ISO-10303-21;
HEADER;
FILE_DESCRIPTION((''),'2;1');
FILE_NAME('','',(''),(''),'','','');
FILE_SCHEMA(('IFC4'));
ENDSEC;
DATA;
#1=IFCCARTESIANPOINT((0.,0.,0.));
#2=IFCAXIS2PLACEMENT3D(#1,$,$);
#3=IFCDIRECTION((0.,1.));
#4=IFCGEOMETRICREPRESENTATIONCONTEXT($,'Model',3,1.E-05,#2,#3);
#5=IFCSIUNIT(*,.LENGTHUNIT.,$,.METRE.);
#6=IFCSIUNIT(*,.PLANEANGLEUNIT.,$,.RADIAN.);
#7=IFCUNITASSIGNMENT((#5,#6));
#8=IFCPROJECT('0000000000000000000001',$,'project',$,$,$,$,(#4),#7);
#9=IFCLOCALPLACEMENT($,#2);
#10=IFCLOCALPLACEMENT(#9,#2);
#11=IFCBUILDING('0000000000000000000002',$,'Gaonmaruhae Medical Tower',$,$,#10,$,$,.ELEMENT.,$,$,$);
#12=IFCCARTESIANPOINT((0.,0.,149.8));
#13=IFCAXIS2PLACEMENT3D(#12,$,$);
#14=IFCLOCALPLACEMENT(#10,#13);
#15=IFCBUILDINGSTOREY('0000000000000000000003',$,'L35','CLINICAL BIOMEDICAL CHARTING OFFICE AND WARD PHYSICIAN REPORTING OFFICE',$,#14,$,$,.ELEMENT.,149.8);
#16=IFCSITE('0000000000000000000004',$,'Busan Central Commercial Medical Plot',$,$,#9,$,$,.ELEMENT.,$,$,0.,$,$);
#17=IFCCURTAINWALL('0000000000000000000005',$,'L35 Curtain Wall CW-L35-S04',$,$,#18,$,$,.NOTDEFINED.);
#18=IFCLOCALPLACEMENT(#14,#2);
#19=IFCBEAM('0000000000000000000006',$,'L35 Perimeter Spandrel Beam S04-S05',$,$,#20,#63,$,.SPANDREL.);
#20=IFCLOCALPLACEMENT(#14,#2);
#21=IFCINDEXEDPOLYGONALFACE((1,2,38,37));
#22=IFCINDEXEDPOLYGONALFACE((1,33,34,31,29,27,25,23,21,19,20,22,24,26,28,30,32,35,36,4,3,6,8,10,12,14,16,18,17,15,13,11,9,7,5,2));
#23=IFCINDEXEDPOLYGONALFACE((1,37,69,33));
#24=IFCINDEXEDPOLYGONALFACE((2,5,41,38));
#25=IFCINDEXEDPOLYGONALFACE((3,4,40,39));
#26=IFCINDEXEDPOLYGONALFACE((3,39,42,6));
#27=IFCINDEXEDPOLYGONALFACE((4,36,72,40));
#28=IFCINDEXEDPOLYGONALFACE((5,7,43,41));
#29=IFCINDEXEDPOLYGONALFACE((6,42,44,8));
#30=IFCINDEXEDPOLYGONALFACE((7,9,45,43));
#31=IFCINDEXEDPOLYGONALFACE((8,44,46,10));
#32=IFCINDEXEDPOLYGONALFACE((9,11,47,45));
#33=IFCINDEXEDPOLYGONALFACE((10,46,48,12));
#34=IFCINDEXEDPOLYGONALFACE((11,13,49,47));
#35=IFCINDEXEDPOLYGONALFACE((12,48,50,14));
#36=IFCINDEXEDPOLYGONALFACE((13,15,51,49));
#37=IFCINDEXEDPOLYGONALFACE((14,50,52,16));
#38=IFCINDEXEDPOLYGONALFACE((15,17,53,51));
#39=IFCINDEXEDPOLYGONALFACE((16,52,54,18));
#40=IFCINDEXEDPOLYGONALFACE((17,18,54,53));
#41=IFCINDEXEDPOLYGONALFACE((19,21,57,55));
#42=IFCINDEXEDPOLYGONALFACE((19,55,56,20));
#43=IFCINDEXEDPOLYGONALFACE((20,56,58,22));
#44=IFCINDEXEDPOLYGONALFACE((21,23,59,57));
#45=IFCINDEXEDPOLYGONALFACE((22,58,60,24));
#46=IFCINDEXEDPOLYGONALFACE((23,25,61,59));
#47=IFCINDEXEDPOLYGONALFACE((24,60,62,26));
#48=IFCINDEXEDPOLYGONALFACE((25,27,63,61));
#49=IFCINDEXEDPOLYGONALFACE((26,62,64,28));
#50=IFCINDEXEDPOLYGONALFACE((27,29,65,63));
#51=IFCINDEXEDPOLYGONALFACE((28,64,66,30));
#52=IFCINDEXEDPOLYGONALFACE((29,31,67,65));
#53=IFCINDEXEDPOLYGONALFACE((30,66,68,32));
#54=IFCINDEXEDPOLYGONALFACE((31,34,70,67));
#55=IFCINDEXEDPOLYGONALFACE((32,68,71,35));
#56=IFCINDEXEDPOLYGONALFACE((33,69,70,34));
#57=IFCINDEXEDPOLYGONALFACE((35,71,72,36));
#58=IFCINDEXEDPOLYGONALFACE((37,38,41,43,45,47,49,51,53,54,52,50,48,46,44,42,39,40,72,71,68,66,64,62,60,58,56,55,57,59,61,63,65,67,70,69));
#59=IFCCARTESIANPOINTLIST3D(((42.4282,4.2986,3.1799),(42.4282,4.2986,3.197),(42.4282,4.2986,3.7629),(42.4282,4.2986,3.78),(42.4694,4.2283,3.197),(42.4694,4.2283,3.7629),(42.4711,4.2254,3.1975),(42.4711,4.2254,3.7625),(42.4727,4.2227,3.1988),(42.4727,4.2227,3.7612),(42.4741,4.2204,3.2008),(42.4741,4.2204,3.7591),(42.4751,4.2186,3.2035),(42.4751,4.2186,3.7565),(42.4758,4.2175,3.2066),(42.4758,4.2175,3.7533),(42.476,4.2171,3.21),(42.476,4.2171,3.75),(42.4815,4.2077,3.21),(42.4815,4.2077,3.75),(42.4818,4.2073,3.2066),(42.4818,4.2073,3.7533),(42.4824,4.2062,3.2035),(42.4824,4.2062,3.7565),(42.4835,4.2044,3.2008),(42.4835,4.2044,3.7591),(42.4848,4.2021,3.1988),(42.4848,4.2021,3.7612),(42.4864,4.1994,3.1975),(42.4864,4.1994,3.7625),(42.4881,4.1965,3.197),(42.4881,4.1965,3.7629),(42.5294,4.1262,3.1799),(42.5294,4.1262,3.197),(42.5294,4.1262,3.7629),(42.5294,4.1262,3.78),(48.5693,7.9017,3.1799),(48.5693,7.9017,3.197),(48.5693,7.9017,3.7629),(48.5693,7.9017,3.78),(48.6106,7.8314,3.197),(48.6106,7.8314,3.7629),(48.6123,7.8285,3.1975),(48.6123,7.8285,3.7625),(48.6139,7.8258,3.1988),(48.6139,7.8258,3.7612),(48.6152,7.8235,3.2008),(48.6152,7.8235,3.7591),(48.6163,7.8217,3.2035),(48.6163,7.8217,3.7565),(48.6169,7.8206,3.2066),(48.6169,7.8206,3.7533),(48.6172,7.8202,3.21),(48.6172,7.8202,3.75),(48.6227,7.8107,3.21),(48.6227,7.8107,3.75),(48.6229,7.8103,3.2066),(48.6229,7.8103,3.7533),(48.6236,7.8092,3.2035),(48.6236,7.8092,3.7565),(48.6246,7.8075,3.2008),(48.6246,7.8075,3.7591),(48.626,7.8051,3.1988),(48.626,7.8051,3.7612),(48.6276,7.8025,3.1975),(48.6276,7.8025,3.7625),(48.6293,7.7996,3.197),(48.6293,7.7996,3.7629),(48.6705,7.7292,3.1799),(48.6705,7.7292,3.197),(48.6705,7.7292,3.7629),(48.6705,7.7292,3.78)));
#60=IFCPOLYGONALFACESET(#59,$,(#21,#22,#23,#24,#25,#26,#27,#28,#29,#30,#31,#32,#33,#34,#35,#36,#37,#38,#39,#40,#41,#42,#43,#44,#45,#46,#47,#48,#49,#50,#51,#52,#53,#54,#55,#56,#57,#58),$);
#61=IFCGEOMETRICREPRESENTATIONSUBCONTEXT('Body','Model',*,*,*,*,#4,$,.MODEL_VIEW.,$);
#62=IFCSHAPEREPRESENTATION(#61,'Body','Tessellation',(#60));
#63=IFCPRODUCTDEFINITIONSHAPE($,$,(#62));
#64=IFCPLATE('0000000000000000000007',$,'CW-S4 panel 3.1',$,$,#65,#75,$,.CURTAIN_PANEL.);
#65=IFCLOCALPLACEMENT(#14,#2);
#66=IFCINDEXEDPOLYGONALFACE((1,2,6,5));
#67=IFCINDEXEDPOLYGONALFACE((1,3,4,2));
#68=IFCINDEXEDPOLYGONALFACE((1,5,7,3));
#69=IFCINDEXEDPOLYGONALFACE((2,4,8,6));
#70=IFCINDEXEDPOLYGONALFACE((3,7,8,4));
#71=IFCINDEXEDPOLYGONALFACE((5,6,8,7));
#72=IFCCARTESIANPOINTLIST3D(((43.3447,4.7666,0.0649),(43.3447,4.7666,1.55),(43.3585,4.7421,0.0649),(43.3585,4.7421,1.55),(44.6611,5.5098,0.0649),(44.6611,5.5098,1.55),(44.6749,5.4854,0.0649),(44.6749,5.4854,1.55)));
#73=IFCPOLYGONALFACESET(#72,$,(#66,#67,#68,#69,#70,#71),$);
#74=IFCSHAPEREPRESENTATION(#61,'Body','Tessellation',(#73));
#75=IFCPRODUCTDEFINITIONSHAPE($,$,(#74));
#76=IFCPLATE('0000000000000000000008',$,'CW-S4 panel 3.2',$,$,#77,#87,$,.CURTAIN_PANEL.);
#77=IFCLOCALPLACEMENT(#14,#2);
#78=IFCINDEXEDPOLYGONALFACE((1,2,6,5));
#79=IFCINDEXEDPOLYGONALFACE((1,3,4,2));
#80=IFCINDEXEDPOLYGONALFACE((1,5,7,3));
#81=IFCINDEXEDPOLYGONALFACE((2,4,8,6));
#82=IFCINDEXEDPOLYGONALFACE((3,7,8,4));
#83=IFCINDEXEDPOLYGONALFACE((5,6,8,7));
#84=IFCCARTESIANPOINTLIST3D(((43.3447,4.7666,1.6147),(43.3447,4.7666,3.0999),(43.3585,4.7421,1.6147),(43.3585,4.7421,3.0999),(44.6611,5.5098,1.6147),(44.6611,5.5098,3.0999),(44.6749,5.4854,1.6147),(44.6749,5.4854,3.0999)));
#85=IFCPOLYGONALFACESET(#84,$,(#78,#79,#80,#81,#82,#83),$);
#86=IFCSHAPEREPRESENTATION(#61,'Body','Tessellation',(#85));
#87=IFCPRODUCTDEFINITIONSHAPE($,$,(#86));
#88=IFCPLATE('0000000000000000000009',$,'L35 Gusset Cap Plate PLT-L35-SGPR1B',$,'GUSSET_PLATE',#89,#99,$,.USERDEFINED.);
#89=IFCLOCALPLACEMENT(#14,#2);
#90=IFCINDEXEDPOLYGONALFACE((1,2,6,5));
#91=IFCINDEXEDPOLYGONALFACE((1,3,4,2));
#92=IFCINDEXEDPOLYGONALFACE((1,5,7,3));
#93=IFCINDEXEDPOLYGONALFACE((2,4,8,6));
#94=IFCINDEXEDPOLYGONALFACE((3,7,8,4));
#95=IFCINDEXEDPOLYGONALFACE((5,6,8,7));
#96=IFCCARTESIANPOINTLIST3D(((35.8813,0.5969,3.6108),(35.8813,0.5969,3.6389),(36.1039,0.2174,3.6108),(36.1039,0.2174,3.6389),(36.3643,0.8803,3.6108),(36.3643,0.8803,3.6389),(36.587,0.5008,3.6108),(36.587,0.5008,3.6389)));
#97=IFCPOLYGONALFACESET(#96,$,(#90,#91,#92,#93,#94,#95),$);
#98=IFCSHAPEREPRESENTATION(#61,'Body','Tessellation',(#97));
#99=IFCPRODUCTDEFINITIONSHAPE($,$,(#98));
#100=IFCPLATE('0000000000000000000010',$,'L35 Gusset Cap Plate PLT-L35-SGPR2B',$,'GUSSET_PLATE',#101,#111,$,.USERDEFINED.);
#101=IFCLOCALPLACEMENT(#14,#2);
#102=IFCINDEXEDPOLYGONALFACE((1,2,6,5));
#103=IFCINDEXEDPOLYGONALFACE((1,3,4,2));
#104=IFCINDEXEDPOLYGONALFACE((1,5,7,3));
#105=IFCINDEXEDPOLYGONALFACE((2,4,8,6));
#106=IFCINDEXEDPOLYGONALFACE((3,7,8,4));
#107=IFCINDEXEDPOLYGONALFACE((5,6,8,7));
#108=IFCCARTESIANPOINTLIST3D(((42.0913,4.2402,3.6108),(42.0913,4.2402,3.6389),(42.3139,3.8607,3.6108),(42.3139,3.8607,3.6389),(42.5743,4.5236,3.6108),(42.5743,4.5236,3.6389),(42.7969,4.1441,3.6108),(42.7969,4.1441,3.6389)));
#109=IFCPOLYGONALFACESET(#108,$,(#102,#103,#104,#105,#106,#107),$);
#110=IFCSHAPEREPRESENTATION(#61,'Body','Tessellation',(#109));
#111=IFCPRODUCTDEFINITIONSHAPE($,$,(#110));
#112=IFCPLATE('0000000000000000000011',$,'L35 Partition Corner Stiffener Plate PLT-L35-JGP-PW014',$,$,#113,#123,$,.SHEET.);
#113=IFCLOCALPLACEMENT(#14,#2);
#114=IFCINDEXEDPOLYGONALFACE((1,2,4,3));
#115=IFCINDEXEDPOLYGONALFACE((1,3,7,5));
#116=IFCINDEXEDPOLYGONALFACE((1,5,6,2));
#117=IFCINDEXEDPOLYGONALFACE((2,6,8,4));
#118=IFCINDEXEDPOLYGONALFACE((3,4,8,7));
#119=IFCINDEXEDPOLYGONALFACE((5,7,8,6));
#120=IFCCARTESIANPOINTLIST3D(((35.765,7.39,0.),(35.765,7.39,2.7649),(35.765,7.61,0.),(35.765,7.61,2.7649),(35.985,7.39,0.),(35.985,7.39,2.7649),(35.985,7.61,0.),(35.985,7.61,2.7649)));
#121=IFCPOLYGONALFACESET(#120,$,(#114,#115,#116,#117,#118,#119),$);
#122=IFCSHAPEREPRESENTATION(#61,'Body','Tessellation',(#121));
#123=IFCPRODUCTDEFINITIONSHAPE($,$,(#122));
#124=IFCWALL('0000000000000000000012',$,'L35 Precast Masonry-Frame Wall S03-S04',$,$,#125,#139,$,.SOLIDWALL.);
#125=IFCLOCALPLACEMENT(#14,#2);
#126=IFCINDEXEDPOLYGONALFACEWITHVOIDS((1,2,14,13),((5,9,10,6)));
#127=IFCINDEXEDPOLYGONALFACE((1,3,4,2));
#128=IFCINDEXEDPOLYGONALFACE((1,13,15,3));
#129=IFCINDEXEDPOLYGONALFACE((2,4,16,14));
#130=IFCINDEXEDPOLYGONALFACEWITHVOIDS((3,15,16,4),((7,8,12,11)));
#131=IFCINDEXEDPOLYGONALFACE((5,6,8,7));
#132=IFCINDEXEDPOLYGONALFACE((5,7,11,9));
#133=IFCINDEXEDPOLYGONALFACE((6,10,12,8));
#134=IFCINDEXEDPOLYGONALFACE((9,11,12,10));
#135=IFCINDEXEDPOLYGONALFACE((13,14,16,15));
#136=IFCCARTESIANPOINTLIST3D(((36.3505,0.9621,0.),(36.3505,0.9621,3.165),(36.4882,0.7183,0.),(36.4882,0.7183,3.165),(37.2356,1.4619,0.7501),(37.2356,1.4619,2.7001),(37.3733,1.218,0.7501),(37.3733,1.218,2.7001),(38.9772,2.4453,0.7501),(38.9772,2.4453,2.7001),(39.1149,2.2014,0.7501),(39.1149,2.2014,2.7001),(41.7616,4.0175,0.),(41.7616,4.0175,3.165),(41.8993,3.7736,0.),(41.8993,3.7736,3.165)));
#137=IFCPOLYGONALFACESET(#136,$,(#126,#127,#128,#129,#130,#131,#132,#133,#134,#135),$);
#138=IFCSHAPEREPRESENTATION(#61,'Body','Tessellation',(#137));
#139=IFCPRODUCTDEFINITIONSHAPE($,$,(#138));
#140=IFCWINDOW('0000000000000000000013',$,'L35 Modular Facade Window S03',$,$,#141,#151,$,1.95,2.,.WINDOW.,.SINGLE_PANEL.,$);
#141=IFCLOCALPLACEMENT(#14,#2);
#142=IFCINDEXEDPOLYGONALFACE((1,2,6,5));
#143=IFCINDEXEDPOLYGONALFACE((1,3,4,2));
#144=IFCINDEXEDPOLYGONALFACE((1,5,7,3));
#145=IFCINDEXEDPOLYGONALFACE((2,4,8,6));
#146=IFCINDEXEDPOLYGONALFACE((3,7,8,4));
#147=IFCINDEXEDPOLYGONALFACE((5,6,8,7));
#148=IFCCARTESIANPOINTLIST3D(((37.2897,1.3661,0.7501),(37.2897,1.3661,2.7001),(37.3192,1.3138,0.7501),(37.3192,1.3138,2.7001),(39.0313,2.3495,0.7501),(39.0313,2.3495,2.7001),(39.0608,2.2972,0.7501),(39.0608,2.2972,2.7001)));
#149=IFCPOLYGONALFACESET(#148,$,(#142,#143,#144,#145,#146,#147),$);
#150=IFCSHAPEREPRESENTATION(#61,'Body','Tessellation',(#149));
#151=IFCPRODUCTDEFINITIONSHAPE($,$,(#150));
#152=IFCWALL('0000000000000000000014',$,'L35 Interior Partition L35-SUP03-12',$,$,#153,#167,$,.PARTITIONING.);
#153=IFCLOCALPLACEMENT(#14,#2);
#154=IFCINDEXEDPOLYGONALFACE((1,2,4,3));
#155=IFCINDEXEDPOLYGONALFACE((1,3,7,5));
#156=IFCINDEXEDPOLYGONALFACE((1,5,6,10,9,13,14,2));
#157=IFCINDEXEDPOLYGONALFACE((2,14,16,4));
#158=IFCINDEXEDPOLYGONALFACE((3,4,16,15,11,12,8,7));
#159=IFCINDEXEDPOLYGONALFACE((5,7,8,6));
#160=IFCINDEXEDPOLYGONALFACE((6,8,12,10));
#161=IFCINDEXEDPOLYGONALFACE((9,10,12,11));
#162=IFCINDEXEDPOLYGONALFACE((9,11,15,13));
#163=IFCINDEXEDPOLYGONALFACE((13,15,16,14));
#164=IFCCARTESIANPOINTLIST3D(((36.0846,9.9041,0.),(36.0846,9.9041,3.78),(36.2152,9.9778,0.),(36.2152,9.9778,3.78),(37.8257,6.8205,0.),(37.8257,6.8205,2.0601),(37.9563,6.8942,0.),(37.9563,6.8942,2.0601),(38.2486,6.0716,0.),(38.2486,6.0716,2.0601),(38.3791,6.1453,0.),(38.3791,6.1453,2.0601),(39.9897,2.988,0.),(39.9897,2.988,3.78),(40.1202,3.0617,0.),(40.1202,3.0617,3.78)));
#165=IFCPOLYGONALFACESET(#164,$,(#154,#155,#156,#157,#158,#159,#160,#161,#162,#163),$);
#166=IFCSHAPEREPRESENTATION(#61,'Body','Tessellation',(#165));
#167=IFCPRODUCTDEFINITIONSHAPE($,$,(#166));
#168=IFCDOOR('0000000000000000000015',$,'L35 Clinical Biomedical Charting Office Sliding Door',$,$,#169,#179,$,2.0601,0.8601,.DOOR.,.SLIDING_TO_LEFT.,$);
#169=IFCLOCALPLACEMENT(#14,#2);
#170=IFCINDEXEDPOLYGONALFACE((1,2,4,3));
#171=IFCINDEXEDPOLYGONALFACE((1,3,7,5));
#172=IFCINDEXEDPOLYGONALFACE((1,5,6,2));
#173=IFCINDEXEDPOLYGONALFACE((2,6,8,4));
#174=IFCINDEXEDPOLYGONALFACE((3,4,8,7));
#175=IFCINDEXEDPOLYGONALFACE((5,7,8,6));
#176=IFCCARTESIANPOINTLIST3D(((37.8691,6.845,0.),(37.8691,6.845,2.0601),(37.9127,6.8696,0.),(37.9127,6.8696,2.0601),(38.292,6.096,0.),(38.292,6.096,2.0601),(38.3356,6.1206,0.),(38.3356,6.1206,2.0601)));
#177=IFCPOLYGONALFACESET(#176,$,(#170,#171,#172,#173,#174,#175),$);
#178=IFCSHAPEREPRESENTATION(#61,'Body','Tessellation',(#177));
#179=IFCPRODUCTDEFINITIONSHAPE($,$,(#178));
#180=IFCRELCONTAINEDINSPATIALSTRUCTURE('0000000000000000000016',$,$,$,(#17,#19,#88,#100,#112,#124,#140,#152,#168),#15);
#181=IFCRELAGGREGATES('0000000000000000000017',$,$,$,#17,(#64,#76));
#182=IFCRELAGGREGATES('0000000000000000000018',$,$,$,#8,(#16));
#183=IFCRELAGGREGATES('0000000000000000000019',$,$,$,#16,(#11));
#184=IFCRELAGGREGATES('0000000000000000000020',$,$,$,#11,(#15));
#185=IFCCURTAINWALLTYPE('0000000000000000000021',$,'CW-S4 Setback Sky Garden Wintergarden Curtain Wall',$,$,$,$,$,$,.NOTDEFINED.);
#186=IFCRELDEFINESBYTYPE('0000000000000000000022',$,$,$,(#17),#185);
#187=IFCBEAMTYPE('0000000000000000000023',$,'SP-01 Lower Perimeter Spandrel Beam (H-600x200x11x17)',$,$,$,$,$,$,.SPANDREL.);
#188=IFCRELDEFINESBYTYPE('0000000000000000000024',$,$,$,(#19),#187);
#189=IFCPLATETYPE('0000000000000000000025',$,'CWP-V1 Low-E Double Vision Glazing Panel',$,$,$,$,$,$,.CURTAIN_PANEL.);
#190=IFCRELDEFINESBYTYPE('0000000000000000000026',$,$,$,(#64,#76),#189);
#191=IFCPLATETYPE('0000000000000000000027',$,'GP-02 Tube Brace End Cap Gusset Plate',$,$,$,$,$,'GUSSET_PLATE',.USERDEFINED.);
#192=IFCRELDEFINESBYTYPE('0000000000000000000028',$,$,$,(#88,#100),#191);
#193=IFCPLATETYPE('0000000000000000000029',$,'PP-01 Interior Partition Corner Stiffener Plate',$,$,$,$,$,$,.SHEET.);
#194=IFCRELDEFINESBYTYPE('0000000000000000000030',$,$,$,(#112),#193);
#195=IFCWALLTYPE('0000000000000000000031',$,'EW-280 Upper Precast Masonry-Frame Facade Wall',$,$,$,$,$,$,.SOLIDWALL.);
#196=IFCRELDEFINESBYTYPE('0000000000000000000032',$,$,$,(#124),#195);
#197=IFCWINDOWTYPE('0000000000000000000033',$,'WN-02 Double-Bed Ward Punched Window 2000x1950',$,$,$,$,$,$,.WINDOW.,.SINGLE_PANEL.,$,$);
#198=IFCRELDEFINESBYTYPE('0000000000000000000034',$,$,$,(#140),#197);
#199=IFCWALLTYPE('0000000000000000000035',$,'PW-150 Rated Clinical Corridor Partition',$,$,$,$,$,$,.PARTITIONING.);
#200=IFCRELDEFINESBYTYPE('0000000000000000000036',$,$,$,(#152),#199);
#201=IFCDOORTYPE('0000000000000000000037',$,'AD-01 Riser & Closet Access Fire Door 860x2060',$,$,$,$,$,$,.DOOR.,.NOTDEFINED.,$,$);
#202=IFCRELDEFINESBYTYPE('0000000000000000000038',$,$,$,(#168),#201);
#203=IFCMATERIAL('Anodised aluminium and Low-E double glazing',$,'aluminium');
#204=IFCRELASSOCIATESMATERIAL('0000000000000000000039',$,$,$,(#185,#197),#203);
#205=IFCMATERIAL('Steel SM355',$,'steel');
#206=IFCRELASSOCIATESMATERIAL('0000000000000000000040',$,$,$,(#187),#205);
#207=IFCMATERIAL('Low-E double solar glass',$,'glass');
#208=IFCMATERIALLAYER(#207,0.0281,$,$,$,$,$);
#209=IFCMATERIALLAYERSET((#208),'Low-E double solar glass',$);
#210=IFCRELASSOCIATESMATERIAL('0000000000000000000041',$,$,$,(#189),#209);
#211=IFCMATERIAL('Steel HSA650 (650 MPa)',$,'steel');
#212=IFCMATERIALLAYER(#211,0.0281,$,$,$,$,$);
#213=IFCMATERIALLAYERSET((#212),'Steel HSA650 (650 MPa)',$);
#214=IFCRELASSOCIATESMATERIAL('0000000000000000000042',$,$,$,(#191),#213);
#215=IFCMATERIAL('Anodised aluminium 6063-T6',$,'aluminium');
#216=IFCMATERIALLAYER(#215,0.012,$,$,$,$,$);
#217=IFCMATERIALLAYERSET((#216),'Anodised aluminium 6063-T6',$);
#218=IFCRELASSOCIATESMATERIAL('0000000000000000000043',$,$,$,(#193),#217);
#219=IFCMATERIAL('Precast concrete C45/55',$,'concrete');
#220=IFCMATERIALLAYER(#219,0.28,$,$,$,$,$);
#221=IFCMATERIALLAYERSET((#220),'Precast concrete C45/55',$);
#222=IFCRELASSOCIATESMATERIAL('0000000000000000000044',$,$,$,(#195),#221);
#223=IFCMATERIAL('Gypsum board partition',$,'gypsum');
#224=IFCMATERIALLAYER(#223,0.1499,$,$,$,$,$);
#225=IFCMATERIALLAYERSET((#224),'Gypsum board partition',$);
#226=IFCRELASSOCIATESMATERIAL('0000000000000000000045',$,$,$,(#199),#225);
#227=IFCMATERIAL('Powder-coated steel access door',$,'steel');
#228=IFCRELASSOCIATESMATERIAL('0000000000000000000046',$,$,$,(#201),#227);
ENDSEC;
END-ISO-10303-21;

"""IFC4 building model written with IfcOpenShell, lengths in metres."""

from ifc_helpers import new_model, si_unit, direction, frame, frame_2d, origin, origin_2d, place, context, subcontext, project, spatial, rectangle, i_section, extrude, material, layer, layer_set, material_profile, profile_set, type_object, element, fill, aggregate, save


model = new_model("IFC4")

# Units and contexts
model_context = context("Model", 3, precision=1e-05, world=origin(), true_north=direction((0.0, 1.0)))
body_context = subcontext(model_context, "Body", "Model", "MODEL_VIEW")
ifc_project = project(units=[si_unit("LENGTHUNIT", "METRE"), si_unit("PLANEANGLEUNIT", "RADIAN")], contexts=[model_context])

# Site, building, storey
site_placement = place(None, origin())
site = spatial("IfcSite", under=ifc_project, at=site_placement, Name="Busan Central Commercial Medical Plot", CompositionType="ELEMENT", RefElevation=0.0)
building_placement = place(site_placement, origin())
building = spatial("IfcBuilding", under=site, at=building_placement, Name="Gaonmaruhae Medical Tower", CompositionType="ELEMENT")
storey_placement = place(building_placement, frame((0.0, 0.0, 149.8)))
storey = spatial("IfcBuildingStorey", under=building, at=storey_placement, Name="L35", Description="CLINICAL BIOMEDICAL CHARTING OFFICE AND WARD PHYSICIAN REPORTING OFFICE", CompositionType="ELEMENT", Elevation=149.8)

# Curtain wall
ifc_material_1 = material(Name="Anodised aluminium and Low-E double glazing", Category="aluminium")
curtain_wall_type = type_object("IfcCurtainWallType", Name="CW-S4 Setback Sky Garden Wintergarden Curtain Wall", PredefinedType="NOTDEFINED", material=ifc_material_1)
curtain_wall_placement = place(storey_placement, origin())
curtain_wall = element("IfcCurtainWall", 1, at=curtain_wall_placement, inside=storey, type_object=curtain_wall_type, Name="L35 Curtain Wall CW-L35-S04", PredefinedType="NOTDEFINED")
ifc_material_2 = material(Name="Anodised aluminium 6063-T6", Category="aluminium")

# Shared definitions
ifc_material_3 = material(Name="Steel SM355", Category="steel")

# Beam
ifc_material_profile_1 = material_profile(ifc_material_3, i_section(OverallWidth=0.2, OverallDepth=0.6001, WebThickness=0.011, FlangeThickness=0.0171, FilletRadius=0.0129, at=origin_2d()), Name="H-600x200x11x17")
ifc_profile_set_1 = profile_set([ifc_material_profile_1], Name="Steel SM355")
beam_type_1 = type_object("IfcBeamType", Name="SP-01 Lower Perimeter Spandrel Beam (H-600x200x11x17)", PredefinedType="SPANDREL", material=ifc_profile_set_1)
beam_1_placement = place(storey_placement, frame((42.4788, 4.2124, 3.48), z_axis=(0.86251, 0.50604, 0.0), x_axis=(-0.50604, 0.86251, 0.0)))
element("IfcBeam", 2, at=beam_1_placement, inside=storey, type_object=beam_type_1, Name="L35 Perimeter Spandrel Beam S04-S05", PredefinedType="SPANDREL", context=body_context, shape_type="SweptSolid", body=[
    extrude(i_section(OverallWidth=0.2, OverallDepth=0.6001, WebThickness=0.011, FlangeThickness=0.0171, FilletRadius=0.0129, at=origin_2d()), origin(), (0.0, 0.0, 1.0), 7.1201),
])

# Plates
ifc_material_4 = material(Name="Low-E double solar glass", Category="glass")
ifc_layer_1 = layer(ifc_material_4, 0.0281)
ifc_layer_set_1 = layer_set([ifc_layer_1], Name="Low-E double solar glass")
plate_type_1 = type_object("IfcPlateType", Name="CWP-V1 Low-E Double Vision Glazing Panel", PredefinedType="CURTAIN_PANEL", material=ifc_layer_set_1)
plate_1_placement = place(storey_placement, frame((44.0098, 5.126, 0.0649), z_axis=(0.0, 0.0, 1.0), x_axis=(-0.870782, -0.491669, 0.0)))
plate_1 = element("IfcPlate", 3, at=plate_1_placement, type_object=plate_type_1, Name="CW-S4 panel 3.1", PredefinedType="CURTAIN_PANEL", context=body_context, shape_type="SweptSolid", body=[
    extrude(rectangle(XDim=1.5117, YDim=0.0281, at=origin_2d()), origin(), (0.0, 0.0, 1.0), 1.4851),
])
plate_2_placement = place(storey_placement, frame((44.0098, 5.126, 1.6147), z_axis=(0.0, 0.0, 1.0), x_axis=(-0.870782, -0.491669, 0.0)))
plate_2 = element("IfcPlate", 4, at=plate_2_placement, type_object=plate_type_1, Name="CW-S4 panel 3.2", PredefinedType="CURTAIN_PANEL", context=body_context, shape_type="SweptSolid", body=[
    extrude(rectangle(XDim=1.5117, YDim=0.0281, at=origin_2d()), origin(), (0.0, 0.0, 1.0), 1.4851),
])
aggregate(curtain_wall, [plate_1, plate_2])

# Plates
ifc_material_5 = material(Name="Steel HSA650 (650 MPa)", Category="steel")
ifc_layer_2 = layer(ifc_material_5, 0.0281)
ifc_layer_set_2 = layer_set([ifc_layer_2], Name="Steel HSA650 (650 MPa)")
plate_type_2 = type_object("IfcPlateType", Name="GP-02 Tube Brace End Cap Gusset Plate", ElementType="GUSSET_PLATE", PredefinedType="USERDEFINED", material=ifc_layer_set_2)
for number, where, z_axis, x_axis, name in (
    (5, (36.2341, 0.5488, 3.6108), (0.0, 0.0, 1.0), (0.862514, 0.506034, 0.0), "L35 Gusset Cap Plate PLT-L35-SGPR1B"),
    (6, (42.4441, 4.1921, 3.6108), (0.0, 0.0, 1.0), (0.862514, 0.506034, 0.0), "L35 Gusset Cap Plate PLT-L35-SGPR2B"),
):
    element("IfcPlate", number, at=place(storey_placement, frame(where, z_axis=z_axis, x_axis=x_axis)), inside=storey, type_object=plate_type_2, Name=name, ObjectType="GUSSET_PLATE", PredefinedType="USERDEFINED", context=body_context, shape_type="SweptSolid", body=[
        extrude(rectangle(XDim=0.5601, YDim=0.4399, at=origin_2d()), origin(), (0.0, 0.0, 1.0), 0.0281),
    ])
ifc_layer_3 = layer(ifc_material_2, 0.012)
ifc_layer_set_3 = layer_set([ifc_layer_3], Name="Anodised aluminium 6063-T6")
plate_type_3 = type_object("IfcPlateType", Name="PP-01 Interior Partition Corner Stiffener Plate", PredefinedType="SHEET", material=ifc_layer_set_3)
plate_3_placement = place(storey_placement, frame((35.875, 7.5, 0.0), z_axis=(0.0, 0.0, 1.0), x_axis=(1.0, 0.0, 0.0)))
element("IfcPlate", 7, at=plate_3_placement, inside=storey, type_object=plate_type_3, Name="L35 Partition Corner Stiffener Plate PLT-L35-JGP-PW014", PredefinedType="SHEET", context=body_context, shape_type="SweptSolid", body=[
    extrude(rectangle(XDim=0.22, YDim=0.22, at=origin_2d()), origin(), (0.0, 0.0, 1.0), 2.7649),
])

# Wall, opening, window
ifc_material_6 = material(Name="Precast concrete C45/55", Category="concrete")
ifc_layer_4 = layer(ifc_material_6, 0.28)
ifc_layer_set_4 = layer_set([ifc_layer_4], Name="Precast concrete C45/55")
wall_type_1 = type_object("IfcWallType", Name="EW-280 Upper Precast Masonry-Frame Facade Wall", PredefinedType="SOLIDWALL", material=ifc_layer_set_4)
wall_1_placement = place(storey_placement, frame((41.8303, 3.8955, 0.0), z_axis=(0.0, 0.0, 1.0), x_axis=(-0.870773, -0.491686, 0.0)))
wall_1 = element("IfcWall", 8, at=wall_1_placement, inside=storey, type_object=wall_type_1, Name="L35 Precast Masonry-Frame Wall S03-S04", PredefinedType="SOLIDWALL", context=body_context, shape_type="SweptSolid", body=[
    extrude(rectangle(XDim=6.2141, YDim=0.28, at=frame_2d((3.1069, 0.0))), origin(), (0.0, 0.0, 1.0), 3.165),
])
opening_1_placement = place(wall_1_placement, frame((3.1975, 0.0, 0.75)))
opening_1 = element("IfcOpeningElement", 9, at=opening_1_placement, cuts=wall_1, PredefinedType="OPENING", context=body_context, shape_type="SweptSolid", body=[
    extrude(rectangle(XDim=2.0, YDim=1.95, at=frame_2d((1.0, 0.9751))), frame((0.0, 0.1499, 0.0), z_axis=(0.0, -1.0, 0.0), x_axis=(1.0, 0.0, 0.0)), (0.0, 0.0, 1.0), 0.3),
])
window_type = type_object("IfcWindowType", Name="WN-02 Double-Bed Ward Punched Window 2000x1950", PartitioningType="SINGLE_PANEL", PredefinedType="WINDOW", material=ifc_material_1)
window_placement = place(opening_1_placement, origin())
window = element("IfcWindow", 10, at=window_placement, inside=storey, type_object=window_type, Name="L35 Modular Facade Window S03", OverallHeight=1.95, OverallWidth=2.0, PartitioningType="SINGLE_PANEL", PredefinedType="WINDOW", context=body_context, shape_type="SweptSolid", body=[
    extrude(rectangle(XDim=2.0, YDim=1.95, at=frame_2d((1.0, 0.9751))), frame((0.0, 0.03, 0.0), z_axis=(0.0, -1.0, 0.0), x_axis=(1.0, 0.0, 0.0)), (0.0, 0.0, 1.0), 0.0601),
])
fill(opening_1, window)

# Wall, opening, door
ifc_material_7 = material(Name="Gypsum board partition", Category="gypsum")
ifc_layer_5 = layer(ifc_material_7, 0.1499)
ifc_layer_set_5 = layer_set([ifc_layer_5], Name="Gypsum board partition")
wall_type_2 = type_object("IfcWallType", Name="PW-150 Rated Clinical Corridor Partition", PredefinedType="PARTITIONING", material=ifc_layer_set_5)
wall_2_placement = place(storey_placement, frame((36.1499, 9.9409, 0.0), z_axis=(0.0, 0.0, 1.0), x_axis=(0.491673, -0.87078, 0.0)))
wall_2 = element("IfcWall", 11, at=wall_2_placement, inside=storey, type_object=wall_type_2, Name="L35 Interior Partition L35-SUP03-12", PredefinedType="PARTITIONING", context=body_context, shape_type="SweptSolid", body=[
    extrude(rectangle(XDim=7.9424, YDim=0.1499, at=frame_2d((3.9712, 0.0))), origin(), (0.0, 0.0, 1.0), 3.78),
])
opening_2_placement = place(wall_2_placement, frame((3.541, 0.0, 0.0)))
opening_2 = element("IfcOpeningElement", 12, at=opening_2_placement, cuts=wall_2, PredefinedType="OPENING", context=body_context, shape_type="SweptSolid", body=[
    extrude(rectangle(XDim=0.8601, YDim=2.0601, at=frame_2d((0.4302, 1.03))), frame((0.0, 0.085, 0.0), z_axis=(0.0, -1.0, 0.0), x_axis=(1.0, 0.0, 0.0)), (0.0, 0.0, 1.0), 0.1699),
])
ifc_material_8 = material(Name="Powder-coated steel access door", Category="steel")
door_type_1 = type_object("IfcDoorType", Name="AD-01 Riser & Closet Access Fire Door 860x2060", OperationType="NOTDEFINED", PredefinedType="DOOR", material=ifc_material_8)
door_1_placement = place(opening_2_placement, origin())
door_1 = element("IfcDoor", 13, at=door_1_placement, inside=storey, type_object=door_type_1, Name="L35 Clinical Biomedical Charting Office Sliding Door", OperationType="SLIDING_TO_LEFT", OverallHeight=2.0601, OverallWidth=0.8601, PredefinedType="DOOR", context=body_context, shape_type="SweptSolid", body=[
    extrude(rectangle(XDim=0.8601, YDim=2.0601, at=frame_2d((0.4302, 1.03))), frame((0.0, 0.0249, 0.0), z_axis=(0.0, -1.0, 0.0), x_axis=(1.0, 0.0, 0.0)), (0.0, 0.0, 1.0), 0.05),
])
fill(opening_2, door_1)

save(model, "model.ifc")
